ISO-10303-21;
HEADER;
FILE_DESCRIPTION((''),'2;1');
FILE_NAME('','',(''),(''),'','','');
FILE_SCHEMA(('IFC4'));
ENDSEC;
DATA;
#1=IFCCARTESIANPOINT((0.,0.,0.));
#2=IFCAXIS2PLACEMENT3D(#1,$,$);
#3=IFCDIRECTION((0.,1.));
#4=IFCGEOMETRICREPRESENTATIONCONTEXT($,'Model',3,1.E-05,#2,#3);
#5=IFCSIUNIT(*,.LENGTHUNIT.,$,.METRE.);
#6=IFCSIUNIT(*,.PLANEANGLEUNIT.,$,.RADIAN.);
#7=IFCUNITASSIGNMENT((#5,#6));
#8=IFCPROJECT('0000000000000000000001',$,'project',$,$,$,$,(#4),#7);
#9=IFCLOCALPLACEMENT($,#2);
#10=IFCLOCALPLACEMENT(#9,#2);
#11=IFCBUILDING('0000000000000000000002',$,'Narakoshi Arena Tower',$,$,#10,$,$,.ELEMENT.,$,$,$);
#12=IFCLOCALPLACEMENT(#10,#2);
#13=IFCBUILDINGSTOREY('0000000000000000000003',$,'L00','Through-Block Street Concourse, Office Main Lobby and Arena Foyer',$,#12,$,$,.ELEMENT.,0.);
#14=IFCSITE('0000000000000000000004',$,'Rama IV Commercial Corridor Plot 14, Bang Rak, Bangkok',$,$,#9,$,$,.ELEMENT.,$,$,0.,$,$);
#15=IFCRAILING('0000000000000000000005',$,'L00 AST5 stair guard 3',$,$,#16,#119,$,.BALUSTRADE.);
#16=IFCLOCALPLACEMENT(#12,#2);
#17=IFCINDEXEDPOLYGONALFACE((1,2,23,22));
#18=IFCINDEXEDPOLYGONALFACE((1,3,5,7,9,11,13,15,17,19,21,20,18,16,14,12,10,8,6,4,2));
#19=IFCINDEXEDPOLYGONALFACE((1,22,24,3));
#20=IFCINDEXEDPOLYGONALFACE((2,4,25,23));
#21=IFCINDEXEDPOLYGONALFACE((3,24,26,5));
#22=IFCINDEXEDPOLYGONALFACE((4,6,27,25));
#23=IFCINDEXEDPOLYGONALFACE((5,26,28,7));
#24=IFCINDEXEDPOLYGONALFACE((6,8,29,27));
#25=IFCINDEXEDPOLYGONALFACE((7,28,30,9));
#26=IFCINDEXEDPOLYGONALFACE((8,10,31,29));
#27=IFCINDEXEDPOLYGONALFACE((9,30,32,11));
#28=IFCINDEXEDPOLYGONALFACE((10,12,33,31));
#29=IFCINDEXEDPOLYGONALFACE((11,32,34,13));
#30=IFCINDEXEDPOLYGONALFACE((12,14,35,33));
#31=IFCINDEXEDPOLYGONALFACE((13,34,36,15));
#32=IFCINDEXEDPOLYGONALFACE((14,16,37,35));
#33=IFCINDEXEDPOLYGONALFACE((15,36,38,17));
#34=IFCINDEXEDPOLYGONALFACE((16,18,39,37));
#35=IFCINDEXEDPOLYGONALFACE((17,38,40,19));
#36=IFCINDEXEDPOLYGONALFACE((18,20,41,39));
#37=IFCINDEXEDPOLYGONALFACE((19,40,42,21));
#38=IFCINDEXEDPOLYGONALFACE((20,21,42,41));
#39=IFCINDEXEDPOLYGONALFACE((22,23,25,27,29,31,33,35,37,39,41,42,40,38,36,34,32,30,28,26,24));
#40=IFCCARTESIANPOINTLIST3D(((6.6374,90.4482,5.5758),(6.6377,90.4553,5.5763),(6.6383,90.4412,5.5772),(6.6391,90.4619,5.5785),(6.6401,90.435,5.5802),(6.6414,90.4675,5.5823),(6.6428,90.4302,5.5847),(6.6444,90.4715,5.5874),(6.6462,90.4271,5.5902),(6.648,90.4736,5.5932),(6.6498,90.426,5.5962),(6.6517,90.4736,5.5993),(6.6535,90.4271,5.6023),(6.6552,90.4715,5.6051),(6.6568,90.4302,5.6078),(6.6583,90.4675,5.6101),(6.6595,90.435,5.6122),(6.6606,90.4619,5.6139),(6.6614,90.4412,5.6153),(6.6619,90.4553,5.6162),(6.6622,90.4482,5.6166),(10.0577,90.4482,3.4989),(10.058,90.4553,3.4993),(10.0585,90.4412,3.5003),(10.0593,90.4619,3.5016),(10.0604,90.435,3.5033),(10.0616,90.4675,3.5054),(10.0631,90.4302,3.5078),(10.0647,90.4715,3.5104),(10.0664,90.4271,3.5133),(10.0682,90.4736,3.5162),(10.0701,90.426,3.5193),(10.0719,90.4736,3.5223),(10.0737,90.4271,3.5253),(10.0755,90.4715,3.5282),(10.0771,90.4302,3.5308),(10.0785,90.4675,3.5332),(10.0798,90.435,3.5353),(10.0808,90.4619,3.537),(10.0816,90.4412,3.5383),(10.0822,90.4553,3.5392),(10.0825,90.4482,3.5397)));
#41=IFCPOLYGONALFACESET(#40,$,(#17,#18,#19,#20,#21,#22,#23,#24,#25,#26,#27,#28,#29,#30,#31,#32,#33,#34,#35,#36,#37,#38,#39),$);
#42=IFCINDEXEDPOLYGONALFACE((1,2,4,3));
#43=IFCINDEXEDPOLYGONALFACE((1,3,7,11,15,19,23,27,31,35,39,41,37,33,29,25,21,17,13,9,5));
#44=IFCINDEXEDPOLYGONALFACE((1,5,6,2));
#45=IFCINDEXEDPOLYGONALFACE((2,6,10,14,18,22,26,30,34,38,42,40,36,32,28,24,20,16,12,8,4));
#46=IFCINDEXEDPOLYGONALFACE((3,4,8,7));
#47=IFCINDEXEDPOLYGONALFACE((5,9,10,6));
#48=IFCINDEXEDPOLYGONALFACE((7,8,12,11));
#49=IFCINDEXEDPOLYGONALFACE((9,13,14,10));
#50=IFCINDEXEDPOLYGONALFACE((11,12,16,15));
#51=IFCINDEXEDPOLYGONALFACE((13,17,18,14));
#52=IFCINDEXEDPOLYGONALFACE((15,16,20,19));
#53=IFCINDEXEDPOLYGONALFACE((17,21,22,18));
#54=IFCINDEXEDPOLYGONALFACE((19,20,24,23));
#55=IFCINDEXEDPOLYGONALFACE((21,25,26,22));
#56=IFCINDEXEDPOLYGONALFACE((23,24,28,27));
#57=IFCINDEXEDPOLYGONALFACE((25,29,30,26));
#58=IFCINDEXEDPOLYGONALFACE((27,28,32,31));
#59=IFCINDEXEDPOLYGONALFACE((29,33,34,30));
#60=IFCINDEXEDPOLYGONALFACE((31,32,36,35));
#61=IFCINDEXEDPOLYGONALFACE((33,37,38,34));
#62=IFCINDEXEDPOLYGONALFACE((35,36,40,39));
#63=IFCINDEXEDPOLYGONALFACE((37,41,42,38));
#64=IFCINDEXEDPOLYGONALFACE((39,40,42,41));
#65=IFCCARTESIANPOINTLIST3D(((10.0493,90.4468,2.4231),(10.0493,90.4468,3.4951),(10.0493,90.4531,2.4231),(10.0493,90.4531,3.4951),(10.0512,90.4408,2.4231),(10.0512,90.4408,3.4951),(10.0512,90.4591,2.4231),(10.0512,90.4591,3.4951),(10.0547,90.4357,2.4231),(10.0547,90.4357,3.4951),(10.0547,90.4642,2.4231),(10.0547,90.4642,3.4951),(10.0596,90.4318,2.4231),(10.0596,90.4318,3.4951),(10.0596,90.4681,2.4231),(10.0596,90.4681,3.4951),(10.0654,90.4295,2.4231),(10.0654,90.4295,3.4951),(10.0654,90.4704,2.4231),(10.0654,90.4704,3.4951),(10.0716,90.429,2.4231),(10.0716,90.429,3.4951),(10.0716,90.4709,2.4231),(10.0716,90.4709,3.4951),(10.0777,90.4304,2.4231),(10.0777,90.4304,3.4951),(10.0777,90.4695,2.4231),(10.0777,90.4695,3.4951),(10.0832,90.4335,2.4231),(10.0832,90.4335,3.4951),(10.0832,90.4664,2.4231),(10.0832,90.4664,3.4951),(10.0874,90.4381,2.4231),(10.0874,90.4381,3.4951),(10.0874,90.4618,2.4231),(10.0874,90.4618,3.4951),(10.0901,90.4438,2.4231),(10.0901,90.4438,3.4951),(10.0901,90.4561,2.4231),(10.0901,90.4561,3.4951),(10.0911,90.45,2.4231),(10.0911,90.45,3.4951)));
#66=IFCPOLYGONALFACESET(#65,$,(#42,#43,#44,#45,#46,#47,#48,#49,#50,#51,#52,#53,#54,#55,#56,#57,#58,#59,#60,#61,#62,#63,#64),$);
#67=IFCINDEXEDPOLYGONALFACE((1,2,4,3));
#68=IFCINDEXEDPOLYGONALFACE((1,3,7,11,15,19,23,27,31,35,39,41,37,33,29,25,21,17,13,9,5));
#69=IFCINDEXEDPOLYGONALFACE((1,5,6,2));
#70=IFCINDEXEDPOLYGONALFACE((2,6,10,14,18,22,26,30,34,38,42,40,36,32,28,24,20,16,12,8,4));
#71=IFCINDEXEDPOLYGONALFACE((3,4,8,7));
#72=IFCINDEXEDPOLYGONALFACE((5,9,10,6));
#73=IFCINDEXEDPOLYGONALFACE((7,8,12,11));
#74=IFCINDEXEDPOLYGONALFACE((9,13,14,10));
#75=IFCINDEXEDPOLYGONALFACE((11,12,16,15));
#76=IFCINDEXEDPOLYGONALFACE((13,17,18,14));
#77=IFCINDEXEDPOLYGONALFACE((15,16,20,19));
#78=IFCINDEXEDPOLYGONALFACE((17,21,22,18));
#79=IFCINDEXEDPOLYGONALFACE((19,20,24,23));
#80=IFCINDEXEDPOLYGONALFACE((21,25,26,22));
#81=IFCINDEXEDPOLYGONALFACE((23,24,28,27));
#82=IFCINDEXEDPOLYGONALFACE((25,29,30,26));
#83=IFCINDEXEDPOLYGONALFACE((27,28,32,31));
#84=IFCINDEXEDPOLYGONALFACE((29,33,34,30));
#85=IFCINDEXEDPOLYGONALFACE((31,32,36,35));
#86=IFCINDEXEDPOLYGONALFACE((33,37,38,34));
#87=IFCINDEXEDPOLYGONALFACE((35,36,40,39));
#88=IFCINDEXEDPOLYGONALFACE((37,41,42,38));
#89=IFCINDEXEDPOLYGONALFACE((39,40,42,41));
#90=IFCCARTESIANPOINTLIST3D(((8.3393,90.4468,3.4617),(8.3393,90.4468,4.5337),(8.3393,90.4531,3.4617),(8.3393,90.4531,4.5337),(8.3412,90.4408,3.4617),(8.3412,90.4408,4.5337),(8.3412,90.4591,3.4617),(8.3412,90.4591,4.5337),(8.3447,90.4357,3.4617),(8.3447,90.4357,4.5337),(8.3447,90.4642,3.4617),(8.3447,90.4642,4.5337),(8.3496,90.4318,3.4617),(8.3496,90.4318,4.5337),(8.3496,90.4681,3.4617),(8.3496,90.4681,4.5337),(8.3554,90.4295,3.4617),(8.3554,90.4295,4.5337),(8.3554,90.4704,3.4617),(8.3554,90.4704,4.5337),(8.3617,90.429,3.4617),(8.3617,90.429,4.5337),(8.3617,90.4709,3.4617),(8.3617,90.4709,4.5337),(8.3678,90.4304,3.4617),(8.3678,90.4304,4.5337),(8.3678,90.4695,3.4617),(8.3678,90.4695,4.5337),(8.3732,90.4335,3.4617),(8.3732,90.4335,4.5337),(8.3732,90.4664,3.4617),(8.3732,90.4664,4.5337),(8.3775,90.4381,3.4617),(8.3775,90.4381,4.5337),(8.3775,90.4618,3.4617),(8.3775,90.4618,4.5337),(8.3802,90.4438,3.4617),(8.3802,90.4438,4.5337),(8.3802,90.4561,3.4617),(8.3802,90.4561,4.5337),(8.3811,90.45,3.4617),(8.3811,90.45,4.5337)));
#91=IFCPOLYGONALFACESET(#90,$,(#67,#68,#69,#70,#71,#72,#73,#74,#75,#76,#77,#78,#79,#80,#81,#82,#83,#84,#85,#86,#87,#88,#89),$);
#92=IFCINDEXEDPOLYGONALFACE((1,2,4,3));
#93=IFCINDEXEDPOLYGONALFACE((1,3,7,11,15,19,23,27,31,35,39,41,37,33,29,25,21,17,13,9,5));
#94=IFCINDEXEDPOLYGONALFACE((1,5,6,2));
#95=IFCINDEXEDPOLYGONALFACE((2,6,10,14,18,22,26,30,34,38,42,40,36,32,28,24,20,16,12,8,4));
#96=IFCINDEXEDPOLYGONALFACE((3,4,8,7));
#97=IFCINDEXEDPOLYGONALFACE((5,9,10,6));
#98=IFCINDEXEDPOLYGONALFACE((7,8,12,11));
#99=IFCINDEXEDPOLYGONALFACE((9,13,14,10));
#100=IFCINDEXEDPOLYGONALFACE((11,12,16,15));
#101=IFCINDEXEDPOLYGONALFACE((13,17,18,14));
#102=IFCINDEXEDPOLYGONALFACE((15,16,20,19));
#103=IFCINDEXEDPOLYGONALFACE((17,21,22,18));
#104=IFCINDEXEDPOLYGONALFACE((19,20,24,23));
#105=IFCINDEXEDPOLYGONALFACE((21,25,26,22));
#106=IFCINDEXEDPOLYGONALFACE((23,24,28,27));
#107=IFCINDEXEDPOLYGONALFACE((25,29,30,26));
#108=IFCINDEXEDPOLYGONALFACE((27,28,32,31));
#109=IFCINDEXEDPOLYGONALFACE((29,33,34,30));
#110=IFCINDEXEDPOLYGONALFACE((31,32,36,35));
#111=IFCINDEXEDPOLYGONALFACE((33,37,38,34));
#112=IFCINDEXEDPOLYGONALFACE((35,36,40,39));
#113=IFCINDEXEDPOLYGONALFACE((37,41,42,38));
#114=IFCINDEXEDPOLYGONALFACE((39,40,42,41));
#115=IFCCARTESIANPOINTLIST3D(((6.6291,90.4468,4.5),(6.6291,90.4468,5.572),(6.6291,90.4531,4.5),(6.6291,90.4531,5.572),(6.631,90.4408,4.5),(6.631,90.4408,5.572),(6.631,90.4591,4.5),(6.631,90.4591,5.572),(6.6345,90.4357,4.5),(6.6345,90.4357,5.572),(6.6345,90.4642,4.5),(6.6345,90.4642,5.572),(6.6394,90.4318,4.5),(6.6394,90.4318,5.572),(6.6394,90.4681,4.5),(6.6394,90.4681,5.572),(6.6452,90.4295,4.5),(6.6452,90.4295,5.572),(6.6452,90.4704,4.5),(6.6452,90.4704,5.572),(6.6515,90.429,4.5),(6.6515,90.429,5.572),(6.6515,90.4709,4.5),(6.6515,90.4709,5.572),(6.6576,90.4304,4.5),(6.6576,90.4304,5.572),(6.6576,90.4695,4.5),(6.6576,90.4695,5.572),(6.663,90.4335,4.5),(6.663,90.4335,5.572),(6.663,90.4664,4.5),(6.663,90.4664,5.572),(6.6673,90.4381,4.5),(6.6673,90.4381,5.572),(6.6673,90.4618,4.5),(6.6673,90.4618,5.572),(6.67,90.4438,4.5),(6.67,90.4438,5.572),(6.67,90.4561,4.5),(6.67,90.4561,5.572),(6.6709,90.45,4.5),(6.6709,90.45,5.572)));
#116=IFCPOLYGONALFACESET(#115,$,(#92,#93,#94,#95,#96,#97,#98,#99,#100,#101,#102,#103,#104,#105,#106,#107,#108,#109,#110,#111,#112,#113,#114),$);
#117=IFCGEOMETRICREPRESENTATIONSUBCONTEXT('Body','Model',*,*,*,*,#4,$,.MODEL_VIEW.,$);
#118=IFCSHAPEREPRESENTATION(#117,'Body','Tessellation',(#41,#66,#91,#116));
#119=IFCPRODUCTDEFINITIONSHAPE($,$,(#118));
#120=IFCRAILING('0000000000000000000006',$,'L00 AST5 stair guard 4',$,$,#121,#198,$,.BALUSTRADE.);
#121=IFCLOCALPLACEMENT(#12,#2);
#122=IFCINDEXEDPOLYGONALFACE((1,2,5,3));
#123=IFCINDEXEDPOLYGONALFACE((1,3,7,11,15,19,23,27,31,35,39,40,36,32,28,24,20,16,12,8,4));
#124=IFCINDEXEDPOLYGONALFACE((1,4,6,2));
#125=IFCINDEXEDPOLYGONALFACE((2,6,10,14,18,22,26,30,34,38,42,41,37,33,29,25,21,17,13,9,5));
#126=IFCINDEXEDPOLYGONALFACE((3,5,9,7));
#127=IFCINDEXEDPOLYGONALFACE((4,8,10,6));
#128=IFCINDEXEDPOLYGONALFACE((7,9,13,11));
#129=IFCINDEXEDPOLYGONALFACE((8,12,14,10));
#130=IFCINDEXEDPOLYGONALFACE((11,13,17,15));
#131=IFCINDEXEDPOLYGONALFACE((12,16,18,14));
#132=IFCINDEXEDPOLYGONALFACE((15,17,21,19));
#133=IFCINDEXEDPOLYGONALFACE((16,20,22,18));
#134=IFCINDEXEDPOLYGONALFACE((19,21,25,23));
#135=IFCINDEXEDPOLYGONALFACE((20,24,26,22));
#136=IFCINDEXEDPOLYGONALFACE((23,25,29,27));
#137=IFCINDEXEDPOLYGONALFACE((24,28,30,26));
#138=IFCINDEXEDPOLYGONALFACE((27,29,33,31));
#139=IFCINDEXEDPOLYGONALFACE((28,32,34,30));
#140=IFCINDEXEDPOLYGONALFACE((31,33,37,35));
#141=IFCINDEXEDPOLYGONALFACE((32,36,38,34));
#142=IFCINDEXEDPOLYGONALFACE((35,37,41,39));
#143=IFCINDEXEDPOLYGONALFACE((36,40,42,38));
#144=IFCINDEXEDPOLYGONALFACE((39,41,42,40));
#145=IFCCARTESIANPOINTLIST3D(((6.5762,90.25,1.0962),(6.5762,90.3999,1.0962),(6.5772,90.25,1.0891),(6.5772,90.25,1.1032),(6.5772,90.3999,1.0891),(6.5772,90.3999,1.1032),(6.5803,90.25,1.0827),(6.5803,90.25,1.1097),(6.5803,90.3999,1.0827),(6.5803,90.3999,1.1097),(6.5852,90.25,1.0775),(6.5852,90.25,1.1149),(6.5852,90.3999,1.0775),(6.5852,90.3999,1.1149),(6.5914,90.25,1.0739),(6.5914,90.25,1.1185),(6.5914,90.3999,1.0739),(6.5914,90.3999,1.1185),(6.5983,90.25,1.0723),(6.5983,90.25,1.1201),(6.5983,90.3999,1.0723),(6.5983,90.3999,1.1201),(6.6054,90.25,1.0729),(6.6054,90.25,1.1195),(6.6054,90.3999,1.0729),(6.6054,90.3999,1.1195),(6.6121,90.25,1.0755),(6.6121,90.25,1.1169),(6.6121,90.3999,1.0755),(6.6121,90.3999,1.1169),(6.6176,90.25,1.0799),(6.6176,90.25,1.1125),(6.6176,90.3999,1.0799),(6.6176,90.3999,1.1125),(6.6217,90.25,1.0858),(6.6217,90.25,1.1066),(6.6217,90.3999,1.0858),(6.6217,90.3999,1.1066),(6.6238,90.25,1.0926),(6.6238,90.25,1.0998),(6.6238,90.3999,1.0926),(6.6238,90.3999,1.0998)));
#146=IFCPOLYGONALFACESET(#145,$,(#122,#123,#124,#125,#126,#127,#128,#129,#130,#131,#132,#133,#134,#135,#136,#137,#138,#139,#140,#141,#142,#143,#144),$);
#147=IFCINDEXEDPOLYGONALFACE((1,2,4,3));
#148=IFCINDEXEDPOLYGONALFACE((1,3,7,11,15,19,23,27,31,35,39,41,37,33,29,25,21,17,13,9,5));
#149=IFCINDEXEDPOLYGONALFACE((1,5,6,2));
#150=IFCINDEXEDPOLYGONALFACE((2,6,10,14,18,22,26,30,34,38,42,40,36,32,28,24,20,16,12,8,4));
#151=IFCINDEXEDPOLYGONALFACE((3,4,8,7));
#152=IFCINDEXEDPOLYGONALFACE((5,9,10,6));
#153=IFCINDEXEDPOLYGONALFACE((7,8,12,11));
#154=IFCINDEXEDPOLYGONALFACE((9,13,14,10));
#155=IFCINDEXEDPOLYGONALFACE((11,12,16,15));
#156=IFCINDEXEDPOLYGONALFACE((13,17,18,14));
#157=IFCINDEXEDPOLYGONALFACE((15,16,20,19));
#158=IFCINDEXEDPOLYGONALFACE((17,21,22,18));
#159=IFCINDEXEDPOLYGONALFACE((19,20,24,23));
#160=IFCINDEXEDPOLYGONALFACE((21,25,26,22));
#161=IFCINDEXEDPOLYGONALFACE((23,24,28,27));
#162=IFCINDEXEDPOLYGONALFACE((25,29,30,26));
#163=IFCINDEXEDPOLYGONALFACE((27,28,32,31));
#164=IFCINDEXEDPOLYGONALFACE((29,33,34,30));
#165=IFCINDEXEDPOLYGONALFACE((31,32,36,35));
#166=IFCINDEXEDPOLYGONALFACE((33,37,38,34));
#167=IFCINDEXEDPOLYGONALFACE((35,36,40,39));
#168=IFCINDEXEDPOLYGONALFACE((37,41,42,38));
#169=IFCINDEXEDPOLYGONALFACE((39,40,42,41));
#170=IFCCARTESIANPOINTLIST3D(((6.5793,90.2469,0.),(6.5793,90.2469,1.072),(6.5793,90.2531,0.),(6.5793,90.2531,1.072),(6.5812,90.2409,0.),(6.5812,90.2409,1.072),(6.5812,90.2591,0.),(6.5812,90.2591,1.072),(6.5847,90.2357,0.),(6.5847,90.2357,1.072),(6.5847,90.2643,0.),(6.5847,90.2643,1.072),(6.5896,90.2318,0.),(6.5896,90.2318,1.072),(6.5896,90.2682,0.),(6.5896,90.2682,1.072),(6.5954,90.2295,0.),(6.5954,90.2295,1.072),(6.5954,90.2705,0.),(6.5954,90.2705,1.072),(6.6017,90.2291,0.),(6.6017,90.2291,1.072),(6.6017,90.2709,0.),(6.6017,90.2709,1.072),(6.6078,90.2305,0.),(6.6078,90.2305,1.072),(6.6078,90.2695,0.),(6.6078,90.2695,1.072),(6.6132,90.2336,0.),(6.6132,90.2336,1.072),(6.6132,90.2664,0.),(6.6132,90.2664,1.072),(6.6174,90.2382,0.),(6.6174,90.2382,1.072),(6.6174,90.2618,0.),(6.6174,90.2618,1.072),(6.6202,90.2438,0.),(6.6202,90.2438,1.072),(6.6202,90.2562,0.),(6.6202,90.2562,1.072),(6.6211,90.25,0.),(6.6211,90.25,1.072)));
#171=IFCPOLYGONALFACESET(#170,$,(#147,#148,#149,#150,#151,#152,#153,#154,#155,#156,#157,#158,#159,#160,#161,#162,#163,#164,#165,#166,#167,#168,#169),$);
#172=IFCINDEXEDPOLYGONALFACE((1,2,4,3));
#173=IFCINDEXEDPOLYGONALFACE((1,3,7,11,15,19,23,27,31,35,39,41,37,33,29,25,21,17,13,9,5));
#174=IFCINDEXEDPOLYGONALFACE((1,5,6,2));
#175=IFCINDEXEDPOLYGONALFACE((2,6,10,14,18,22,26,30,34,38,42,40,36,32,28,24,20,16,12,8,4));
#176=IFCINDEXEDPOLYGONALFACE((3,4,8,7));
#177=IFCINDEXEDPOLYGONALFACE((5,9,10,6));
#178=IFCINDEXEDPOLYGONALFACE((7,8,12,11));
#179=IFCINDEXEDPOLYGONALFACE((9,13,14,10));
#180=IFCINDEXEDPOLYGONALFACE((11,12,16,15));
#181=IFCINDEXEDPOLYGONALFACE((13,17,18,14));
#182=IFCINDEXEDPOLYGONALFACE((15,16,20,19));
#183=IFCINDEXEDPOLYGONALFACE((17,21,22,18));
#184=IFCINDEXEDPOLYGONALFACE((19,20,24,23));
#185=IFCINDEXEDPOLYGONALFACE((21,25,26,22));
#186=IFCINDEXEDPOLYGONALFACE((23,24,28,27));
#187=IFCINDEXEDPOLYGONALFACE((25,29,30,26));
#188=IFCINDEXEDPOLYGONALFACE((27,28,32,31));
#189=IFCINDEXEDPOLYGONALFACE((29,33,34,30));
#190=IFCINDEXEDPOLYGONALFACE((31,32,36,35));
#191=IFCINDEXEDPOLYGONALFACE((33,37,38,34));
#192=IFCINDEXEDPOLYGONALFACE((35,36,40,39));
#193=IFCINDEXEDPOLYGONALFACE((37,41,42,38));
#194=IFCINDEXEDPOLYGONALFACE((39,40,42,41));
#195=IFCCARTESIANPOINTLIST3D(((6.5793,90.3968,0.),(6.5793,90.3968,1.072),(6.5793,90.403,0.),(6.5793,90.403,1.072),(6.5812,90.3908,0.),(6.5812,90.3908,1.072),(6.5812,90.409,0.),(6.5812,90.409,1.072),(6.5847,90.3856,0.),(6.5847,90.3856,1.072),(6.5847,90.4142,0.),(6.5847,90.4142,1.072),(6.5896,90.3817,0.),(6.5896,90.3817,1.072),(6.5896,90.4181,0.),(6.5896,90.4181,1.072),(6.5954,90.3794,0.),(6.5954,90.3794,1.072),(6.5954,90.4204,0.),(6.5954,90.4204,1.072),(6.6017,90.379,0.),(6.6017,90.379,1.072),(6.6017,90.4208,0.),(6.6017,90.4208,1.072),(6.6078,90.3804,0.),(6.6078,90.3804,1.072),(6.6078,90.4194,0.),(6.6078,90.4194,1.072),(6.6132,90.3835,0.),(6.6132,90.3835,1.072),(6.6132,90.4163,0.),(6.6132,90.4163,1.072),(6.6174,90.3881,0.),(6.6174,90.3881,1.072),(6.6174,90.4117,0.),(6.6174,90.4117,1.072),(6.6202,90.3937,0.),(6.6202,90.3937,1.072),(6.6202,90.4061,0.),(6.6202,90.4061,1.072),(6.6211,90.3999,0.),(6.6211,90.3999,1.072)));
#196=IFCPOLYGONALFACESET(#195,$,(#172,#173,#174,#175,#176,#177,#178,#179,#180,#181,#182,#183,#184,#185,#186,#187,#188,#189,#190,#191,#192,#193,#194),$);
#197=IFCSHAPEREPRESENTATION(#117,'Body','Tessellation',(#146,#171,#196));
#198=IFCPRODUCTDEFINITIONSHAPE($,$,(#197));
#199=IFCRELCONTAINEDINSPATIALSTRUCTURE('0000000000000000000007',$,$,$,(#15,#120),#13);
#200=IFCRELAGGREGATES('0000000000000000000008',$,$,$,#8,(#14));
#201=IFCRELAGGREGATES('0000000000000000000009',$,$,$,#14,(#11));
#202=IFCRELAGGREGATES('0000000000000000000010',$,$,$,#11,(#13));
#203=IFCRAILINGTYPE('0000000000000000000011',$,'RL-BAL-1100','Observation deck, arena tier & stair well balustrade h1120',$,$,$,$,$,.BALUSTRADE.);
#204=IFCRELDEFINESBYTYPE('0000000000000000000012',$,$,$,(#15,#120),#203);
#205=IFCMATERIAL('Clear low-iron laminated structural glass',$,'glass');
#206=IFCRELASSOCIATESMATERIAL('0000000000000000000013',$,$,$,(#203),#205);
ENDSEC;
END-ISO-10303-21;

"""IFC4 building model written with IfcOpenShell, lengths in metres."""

from ifc_helpers import new_model, si_unit, direction, frame, origin, origin_2d, place, context, subcontext, project, spatial, circle, extrude, material, type_object, element, save


model = new_model("IFC4")

# Units and contexts
model_context = context("Model", 3, precision=1e-05, world=origin(), true_north=direction((0.0, 1.0)))
body_context = subcontext(model_context, "Body", "Model", "MODEL_VIEW")
ifc_project = project(units=[si_unit("LENGTHUNIT", "METRE"), si_unit("PLANEANGLEUNIT", "RADIAN")], contexts=[model_context])

# Site, building, storey
site_placement = place(None, origin())
site = spatial("IfcSite", under=ifc_project, at=site_placement, Name="Rama IV Commercial Corridor Plot 14, Bang Rak, Bangkok", CompositionType="ELEMENT", RefElevation=0.0)
building_placement = place(site_placement, origin())
building = spatial("IfcBuilding", under=site, at=building_placement, Name="Narakoshi Arena Tower", CompositionType="ELEMENT")
storey_placement = place(building_placement, origin())
storey = spatial("IfcBuildingStorey", under=building, at=storey_placement, Name="L00", Description="Through-Block Street Concourse, Office Main Lobby and Arena Foyer", CompositionType="ELEMENT", Elevation=0.0)

# Railings
ifc_material_1 = material(Name="Clear low-iron laminated structural glass", Category="glass")
railing_type_1 = type_object("IfcRailingType", Name="RL-BAL-1100", Description="Observation deck, arena tier & stair well balustrade h1120", PredefinedType="BALUSTRADE", material=ifc_material_1)
railing_1_placement = place(storey_placement, frame((10.0701, 90.45, 2.4231)))
element("IfcRailing", 1, at=railing_1_placement, inside=storey, type_object=railing_type_1, Name="L00 AST5 stair guard 3", PredefinedType="BALUSTRADE", context=body_context, shape_type="SweptSolid", body=[
    extrude(circle(Radius=0.0239, at=origin_2d()), frame((0.0, 0.0, 1.0962), z_axis=(-0.854746, 0.0, 0.519047), x_axis=(0.0, -1.0, 0.0)), (0.0, 0.0, 1.0), 4.0015),
    extrude(circle(Radius=0.021, at=origin_2d()), origin(), (0.0, 0.0, 1.0), 1.072),
    extrude(circle(Radius=0.021, at=origin_2d()), frame((-1.71, 0.0, 1.0386)), (0.0, 0.0, 1.0), 1.072),
    extrude(circle(Radius=0.021, at=origin_2d()), frame((-3.4202, 0.0, 2.0769)), (0.0, 0.0, 1.0), 1.072),
])
railing_2_placement = place(storey_placement, frame((6.6001, 90.25, 0.0)))
element("IfcRailing", 2, at=railing_2_placement, inside=storey, type_object=railing_type_1, Name="L00 AST5 stair guard 4", PredefinedType="BALUSTRADE", context=body_context, shape_type="SweptSolid", body=[
    extrude(circle(Radius=0.0239, at=origin_2d()), frame((0.0, 0.0, 1.0962), z_axis=(0.0, 1.0, 0.0), x_axis=(-1.0, 0.0, 0.0)), (0.0, 0.0, 1.0), 0.1499),
    extrude(circle(Radius=0.021, at=origin_2d()), origin(), (0.0, 0.0, 1.0), 1.072),
    extrude(circle(Radius=0.021, at=origin_2d()), frame((0.0, 0.1499, 0.0)), (0.0, 0.0, 1.0), 1.072),
])

save(model, "model.ifc")
